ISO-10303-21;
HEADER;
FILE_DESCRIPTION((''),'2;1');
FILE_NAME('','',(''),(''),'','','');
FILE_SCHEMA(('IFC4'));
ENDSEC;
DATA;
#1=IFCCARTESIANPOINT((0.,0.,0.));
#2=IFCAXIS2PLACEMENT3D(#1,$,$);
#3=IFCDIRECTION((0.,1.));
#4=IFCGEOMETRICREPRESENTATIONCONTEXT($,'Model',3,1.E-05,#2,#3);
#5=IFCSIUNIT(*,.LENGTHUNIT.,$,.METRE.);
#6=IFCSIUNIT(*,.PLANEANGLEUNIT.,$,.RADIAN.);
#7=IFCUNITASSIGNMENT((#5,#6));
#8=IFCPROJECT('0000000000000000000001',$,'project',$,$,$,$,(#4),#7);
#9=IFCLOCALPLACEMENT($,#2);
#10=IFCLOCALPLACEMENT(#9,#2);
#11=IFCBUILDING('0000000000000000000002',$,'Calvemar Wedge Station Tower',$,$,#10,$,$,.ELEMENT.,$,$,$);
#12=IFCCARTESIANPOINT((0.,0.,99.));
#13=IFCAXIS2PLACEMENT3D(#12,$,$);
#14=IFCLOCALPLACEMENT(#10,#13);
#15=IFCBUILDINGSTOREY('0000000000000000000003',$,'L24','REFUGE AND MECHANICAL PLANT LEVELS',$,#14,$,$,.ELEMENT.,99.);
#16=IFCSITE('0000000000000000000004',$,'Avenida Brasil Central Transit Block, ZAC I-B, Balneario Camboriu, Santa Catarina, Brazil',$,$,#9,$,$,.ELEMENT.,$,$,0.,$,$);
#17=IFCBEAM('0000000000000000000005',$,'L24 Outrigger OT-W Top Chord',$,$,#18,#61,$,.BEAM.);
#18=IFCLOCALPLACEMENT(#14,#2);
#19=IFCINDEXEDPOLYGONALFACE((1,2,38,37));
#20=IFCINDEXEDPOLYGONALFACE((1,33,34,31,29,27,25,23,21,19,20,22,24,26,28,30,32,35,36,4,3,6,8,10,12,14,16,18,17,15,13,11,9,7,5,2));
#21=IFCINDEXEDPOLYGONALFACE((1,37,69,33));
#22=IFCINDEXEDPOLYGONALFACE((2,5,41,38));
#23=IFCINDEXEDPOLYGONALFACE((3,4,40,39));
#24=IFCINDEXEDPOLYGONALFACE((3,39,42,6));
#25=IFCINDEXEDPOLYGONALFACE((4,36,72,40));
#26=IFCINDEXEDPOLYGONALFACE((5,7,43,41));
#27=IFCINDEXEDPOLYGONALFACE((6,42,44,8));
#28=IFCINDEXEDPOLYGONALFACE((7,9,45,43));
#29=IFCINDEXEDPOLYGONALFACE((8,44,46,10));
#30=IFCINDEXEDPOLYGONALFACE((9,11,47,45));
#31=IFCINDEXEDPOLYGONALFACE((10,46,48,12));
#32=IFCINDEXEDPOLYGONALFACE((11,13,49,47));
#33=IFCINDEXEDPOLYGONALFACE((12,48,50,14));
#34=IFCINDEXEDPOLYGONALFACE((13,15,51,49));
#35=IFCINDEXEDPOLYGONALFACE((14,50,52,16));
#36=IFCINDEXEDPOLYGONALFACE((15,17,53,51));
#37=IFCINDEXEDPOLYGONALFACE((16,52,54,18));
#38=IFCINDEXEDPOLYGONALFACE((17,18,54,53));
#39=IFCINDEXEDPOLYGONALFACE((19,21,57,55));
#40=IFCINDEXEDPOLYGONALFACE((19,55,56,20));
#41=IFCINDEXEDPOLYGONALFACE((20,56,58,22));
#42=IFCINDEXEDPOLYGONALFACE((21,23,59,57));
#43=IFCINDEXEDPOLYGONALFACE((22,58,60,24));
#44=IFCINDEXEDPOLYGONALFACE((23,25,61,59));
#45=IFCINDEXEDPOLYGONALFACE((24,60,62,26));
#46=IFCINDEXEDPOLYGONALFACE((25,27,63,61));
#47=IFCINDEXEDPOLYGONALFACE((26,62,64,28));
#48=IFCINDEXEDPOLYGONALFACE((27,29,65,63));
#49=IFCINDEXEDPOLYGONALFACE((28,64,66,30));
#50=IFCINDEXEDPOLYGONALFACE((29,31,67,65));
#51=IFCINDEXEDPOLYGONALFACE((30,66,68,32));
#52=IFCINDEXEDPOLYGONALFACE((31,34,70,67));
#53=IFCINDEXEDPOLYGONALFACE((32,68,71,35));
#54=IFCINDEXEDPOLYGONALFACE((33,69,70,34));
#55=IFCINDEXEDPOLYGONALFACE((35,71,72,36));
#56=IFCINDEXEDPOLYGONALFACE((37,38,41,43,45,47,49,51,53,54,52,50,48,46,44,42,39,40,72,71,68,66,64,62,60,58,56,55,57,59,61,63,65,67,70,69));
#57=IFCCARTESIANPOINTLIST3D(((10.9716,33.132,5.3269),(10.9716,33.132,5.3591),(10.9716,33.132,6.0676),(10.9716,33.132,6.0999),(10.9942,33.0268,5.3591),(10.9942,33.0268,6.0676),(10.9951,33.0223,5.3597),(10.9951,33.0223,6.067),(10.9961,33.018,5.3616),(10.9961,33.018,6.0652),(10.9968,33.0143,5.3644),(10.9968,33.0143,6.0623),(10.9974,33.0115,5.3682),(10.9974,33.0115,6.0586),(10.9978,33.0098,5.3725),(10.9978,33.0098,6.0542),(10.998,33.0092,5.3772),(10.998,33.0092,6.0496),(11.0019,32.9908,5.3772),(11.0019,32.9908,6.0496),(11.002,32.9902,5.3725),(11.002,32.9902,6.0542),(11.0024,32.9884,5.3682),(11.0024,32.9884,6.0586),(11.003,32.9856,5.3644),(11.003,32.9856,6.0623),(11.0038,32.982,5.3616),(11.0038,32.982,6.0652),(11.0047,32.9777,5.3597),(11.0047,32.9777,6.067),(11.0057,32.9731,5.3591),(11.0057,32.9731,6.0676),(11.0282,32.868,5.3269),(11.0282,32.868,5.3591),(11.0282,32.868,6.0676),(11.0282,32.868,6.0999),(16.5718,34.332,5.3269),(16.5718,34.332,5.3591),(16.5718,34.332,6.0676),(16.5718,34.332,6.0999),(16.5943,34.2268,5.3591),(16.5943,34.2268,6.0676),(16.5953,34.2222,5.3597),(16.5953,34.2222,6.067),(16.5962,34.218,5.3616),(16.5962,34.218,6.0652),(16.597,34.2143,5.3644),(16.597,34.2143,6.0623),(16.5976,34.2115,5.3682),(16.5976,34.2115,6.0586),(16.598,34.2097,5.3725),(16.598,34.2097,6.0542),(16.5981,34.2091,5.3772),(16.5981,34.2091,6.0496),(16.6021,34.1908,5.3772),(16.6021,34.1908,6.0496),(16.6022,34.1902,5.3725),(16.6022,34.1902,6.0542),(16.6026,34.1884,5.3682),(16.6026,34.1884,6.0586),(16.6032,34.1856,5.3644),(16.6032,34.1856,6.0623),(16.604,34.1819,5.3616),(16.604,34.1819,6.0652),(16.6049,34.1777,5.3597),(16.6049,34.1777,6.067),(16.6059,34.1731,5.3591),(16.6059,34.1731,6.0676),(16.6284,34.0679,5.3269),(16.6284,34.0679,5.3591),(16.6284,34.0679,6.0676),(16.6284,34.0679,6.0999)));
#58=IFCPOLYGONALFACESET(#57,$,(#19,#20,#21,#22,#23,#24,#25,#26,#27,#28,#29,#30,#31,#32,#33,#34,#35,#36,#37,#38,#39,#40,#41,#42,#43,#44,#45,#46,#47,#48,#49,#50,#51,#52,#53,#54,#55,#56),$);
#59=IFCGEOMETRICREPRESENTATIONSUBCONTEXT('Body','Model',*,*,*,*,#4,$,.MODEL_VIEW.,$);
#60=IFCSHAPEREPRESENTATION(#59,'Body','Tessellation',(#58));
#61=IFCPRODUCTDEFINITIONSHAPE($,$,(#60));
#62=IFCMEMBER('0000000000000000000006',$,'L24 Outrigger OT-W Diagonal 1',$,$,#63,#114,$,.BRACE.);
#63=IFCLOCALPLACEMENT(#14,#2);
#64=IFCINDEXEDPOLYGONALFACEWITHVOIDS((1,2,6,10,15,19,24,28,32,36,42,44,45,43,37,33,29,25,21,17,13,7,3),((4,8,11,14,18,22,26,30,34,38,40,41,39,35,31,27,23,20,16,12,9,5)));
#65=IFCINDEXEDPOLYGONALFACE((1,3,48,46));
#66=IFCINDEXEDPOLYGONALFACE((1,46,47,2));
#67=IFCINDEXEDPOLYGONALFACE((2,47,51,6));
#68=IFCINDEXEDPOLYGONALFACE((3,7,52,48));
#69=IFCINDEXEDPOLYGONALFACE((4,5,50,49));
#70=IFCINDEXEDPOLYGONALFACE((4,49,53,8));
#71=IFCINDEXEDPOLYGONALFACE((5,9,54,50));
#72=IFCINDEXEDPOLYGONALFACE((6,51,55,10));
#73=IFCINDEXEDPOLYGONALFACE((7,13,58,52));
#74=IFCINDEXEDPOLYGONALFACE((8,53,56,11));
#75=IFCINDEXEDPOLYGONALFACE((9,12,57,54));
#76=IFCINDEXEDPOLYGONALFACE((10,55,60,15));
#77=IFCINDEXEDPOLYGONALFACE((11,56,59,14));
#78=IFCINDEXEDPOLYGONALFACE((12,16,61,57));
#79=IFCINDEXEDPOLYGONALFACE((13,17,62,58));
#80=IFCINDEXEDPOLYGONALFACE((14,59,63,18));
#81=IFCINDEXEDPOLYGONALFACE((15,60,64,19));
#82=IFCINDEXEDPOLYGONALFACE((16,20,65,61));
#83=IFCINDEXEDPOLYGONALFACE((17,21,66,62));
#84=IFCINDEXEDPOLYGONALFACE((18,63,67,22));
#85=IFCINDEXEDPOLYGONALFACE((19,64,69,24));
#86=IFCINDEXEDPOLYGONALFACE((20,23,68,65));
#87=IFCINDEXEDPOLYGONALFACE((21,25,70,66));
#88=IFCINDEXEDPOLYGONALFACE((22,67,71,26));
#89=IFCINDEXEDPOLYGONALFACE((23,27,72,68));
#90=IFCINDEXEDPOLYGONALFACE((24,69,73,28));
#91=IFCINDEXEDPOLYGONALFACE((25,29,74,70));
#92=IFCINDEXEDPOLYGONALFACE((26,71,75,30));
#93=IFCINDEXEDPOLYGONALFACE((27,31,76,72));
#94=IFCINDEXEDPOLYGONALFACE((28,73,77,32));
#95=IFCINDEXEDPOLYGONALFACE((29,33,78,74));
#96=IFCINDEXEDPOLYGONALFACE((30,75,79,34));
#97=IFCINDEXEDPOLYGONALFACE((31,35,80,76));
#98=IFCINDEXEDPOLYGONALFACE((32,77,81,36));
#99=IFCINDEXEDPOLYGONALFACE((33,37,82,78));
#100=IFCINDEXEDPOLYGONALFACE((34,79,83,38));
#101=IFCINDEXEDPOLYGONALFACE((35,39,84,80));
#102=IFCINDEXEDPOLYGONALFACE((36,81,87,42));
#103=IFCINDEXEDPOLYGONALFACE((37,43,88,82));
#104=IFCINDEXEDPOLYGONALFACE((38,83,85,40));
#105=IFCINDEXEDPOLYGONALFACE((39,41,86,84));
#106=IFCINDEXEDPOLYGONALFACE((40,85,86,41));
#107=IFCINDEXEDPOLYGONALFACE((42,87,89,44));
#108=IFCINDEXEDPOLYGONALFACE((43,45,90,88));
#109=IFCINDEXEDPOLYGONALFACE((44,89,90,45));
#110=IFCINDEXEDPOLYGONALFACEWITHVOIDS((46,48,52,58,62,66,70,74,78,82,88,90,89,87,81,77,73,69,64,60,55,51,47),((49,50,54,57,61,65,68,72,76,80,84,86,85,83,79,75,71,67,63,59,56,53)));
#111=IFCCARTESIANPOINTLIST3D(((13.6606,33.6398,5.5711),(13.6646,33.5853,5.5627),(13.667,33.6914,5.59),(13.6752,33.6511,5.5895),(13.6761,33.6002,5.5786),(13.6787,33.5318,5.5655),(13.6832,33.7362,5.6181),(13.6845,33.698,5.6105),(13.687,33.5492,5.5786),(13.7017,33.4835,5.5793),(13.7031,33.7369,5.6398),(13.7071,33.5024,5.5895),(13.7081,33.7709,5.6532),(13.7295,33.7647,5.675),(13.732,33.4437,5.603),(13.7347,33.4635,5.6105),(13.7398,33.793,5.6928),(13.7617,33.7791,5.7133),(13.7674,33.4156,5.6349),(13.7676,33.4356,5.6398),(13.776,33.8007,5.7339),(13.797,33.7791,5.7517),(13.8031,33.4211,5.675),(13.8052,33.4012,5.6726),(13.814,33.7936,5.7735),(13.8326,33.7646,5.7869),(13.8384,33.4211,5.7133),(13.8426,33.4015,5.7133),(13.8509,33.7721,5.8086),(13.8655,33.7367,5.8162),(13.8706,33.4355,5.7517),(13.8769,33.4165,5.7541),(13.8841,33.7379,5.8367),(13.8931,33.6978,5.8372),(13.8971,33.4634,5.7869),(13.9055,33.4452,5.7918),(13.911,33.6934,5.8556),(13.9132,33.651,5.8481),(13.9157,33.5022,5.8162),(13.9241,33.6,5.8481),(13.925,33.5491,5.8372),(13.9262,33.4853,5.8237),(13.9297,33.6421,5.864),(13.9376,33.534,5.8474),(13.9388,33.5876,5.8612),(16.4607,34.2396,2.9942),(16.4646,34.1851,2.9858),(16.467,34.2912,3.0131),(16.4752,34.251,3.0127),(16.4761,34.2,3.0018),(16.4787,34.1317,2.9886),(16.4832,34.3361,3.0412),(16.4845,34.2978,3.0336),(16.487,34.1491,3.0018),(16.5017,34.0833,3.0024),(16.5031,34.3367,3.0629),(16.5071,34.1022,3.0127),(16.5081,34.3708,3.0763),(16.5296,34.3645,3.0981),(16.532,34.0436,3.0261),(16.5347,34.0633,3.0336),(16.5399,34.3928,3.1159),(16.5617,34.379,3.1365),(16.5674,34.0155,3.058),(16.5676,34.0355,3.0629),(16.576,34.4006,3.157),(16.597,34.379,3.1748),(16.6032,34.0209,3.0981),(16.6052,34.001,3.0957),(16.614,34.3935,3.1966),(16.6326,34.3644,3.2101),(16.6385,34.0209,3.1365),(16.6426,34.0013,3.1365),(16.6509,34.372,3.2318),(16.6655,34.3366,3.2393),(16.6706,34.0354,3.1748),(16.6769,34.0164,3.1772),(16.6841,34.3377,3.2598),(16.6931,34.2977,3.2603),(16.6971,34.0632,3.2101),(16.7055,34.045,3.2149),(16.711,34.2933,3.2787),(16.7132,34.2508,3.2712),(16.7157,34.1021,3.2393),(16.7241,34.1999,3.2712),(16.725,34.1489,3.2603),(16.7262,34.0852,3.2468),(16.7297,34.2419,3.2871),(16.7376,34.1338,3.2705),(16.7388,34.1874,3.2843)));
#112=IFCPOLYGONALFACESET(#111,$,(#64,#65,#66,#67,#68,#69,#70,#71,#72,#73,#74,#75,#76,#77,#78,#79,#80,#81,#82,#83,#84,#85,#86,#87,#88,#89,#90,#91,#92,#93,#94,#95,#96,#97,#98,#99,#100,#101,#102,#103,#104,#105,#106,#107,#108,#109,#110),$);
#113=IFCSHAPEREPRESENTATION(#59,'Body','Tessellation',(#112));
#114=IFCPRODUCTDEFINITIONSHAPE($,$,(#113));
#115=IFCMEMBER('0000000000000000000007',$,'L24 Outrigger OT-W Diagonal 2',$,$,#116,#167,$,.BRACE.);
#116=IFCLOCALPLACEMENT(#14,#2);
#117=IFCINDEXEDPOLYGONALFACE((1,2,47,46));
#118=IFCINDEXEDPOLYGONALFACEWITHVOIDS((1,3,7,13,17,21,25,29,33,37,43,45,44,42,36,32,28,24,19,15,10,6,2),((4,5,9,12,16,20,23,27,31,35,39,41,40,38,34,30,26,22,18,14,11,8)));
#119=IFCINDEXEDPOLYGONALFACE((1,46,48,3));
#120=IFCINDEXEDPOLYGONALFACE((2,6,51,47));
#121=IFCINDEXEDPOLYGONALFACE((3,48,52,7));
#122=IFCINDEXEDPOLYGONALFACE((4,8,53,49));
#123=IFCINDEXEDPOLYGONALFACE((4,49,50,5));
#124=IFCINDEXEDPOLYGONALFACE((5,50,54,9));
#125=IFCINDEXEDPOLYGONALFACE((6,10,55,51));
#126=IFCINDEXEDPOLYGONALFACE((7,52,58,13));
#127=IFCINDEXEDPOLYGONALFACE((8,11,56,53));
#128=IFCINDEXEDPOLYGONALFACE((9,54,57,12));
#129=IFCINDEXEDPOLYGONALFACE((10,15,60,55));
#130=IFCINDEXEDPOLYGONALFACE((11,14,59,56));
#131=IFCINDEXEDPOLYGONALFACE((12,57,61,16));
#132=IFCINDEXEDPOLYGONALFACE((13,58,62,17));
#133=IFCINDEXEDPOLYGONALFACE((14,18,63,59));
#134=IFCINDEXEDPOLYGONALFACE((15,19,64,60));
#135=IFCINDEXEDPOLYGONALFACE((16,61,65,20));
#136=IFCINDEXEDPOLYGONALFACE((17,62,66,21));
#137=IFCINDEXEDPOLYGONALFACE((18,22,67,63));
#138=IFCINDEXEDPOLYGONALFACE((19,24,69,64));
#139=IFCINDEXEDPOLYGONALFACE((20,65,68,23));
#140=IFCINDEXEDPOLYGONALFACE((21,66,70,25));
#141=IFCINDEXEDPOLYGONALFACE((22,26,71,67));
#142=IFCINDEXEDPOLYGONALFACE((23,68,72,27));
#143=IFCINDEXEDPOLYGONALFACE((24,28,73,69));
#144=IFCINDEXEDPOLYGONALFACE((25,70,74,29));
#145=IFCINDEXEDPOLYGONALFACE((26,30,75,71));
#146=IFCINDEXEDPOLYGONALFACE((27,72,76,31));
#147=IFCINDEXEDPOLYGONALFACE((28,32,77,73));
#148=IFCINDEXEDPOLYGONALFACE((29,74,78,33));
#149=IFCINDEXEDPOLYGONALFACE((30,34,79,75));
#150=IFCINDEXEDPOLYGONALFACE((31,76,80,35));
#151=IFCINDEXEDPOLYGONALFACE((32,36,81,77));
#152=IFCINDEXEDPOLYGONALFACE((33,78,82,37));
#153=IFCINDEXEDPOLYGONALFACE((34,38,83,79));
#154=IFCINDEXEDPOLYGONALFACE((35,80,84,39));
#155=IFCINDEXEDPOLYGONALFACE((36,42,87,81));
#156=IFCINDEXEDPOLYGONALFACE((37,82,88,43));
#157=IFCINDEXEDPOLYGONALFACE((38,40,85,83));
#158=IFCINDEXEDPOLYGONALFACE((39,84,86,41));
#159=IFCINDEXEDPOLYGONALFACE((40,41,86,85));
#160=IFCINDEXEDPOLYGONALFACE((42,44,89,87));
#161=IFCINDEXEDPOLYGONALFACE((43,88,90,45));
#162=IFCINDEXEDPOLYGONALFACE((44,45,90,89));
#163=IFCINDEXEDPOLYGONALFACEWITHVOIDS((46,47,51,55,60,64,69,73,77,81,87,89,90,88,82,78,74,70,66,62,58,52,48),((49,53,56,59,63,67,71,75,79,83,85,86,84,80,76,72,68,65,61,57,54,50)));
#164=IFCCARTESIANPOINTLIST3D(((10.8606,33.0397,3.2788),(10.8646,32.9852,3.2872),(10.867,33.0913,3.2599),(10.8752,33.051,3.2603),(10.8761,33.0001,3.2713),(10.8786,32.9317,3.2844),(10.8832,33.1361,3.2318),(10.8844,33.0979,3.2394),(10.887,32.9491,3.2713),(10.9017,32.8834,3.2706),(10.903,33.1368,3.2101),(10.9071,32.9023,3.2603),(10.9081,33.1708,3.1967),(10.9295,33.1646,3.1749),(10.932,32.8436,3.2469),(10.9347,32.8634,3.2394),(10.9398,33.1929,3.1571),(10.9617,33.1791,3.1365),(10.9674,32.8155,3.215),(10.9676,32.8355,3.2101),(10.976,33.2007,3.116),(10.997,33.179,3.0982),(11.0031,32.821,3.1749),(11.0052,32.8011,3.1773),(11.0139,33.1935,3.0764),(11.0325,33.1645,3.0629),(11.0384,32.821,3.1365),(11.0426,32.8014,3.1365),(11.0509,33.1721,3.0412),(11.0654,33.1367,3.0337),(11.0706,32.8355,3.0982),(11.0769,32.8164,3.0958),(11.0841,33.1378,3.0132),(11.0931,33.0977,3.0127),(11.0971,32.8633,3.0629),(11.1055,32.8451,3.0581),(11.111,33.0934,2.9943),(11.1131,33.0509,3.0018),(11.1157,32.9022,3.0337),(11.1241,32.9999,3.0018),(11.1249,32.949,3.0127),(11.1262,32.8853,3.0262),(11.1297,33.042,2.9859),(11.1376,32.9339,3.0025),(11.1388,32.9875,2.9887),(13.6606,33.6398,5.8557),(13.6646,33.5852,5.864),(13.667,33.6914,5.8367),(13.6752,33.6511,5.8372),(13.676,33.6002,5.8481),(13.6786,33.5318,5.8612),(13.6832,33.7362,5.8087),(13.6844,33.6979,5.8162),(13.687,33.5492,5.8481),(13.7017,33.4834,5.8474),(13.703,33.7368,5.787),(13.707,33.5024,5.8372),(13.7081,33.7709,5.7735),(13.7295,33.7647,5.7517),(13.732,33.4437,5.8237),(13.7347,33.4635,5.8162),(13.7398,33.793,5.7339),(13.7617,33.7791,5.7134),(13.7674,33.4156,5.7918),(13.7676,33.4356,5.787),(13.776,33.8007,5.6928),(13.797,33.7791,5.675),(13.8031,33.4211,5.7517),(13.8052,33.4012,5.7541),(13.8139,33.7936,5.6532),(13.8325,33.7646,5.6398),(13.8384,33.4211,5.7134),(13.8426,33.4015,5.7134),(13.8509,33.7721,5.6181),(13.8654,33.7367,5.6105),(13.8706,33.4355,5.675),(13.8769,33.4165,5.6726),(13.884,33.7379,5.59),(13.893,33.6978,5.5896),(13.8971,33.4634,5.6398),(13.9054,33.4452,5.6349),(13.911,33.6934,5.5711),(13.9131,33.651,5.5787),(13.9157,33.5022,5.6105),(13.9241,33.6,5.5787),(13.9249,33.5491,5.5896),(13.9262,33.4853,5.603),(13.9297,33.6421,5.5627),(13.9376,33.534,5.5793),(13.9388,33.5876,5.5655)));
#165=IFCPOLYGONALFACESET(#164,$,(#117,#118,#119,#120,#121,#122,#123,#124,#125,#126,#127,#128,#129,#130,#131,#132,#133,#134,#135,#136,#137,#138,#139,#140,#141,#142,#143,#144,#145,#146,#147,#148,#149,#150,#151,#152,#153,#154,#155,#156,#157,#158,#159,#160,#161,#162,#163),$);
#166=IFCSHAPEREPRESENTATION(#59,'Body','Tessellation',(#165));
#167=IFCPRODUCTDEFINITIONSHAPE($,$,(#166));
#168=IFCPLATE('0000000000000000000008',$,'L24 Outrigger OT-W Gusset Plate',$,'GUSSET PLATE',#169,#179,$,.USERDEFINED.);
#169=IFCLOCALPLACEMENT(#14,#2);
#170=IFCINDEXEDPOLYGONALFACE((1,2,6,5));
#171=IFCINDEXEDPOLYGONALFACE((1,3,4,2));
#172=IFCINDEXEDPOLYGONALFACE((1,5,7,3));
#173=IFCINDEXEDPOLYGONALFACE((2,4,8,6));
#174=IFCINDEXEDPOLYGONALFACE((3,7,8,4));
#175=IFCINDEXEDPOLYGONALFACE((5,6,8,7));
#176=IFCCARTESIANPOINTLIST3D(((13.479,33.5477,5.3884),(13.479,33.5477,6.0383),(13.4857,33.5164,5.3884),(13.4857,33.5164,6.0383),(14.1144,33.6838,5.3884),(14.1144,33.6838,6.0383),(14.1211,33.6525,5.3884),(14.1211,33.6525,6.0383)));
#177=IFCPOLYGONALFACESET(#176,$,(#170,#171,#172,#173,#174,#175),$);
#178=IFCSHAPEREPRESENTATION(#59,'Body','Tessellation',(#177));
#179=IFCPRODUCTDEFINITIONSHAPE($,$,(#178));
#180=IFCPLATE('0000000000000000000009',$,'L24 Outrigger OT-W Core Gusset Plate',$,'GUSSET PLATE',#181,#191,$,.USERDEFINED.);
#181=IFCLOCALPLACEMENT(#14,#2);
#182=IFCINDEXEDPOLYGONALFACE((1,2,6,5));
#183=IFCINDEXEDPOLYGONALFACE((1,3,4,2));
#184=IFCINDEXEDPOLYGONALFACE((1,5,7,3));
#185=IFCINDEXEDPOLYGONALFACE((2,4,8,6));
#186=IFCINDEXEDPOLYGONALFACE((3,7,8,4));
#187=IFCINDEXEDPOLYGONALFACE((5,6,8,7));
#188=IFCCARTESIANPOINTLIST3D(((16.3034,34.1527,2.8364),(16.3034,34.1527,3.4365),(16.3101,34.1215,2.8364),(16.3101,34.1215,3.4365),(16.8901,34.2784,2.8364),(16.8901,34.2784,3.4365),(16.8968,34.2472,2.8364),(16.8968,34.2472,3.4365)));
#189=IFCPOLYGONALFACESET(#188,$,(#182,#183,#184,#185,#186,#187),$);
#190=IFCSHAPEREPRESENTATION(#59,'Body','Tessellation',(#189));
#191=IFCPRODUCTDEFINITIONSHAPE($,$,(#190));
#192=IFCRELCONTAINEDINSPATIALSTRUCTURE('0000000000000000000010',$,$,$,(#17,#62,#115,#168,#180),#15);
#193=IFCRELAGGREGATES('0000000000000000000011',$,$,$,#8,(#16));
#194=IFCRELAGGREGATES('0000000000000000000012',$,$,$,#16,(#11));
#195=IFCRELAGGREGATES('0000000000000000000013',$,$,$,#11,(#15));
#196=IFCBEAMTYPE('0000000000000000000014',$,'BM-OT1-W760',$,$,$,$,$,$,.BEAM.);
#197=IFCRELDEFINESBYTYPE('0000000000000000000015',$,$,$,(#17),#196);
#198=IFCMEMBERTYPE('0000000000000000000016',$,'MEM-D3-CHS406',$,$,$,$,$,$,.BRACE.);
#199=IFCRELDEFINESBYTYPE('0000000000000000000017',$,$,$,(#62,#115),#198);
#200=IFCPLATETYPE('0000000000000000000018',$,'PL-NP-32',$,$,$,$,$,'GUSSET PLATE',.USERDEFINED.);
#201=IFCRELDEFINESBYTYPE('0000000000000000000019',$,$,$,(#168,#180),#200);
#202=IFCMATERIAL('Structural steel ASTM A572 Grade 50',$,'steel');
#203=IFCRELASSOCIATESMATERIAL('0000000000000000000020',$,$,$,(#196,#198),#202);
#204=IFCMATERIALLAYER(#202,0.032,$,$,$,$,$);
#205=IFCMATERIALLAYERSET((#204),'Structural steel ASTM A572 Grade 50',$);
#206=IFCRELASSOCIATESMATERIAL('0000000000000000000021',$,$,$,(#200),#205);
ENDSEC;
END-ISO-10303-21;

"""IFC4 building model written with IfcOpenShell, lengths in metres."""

from ifc_helpers import new_model, si_unit, direction, frame, origin, origin_2d, place, context, subcontext, project, spatial, rectangle, hollow_circle, i_section, extrude, source, transform, mapped, material, layer, layer_set, material_profile, profile_set, type_object, element, save


model = new_model("IFC4")

# Units and contexts
model_context = context("Model", 3, precision=1e-05, world=origin(), true_north=direction((0.0, 1.0)))
body_context = subcontext(model_context, "Body", "Model", "MODEL_VIEW")
ifc_project = project(units=[si_unit("LENGTHUNIT", "METRE"), si_unit("PLANEANGLEUNIT", "RADIAN")], contexts=[model_context])

# Site, building, storey
site_placement = place(None, origin())
site = spatial("IfcSite", under=ifc_project, at=site_placement, Name="Avenida Brasil Central Transit Block, ZAC I-B, Balneario Camboriu, Santa Catarina, Brazil", CompositionType="ELEMENT", RefElevation=0.0)
building_placement = place(site_placement, origin())
building = spatial("IfcBuilding", under=site, at=building_placement, Name="Calvemar Wedge Station Tower", CompositionType="ELEMENT")
storey_placement = place(building_placement, frame((0.0, 0.0, 99.0)))
storey = spatial("IfcBuildingStorey", under=building, at=storey_placement, Name="L24", Description="REFUGE AND MECHANICAL PLANT LEVELS", CompositionType="ELEMENT", Elevation=99.0)

# Shared definitions
ifc_material_1 = material(Name="Structural steel ASTM A572 Grade 50", Category="steel")

# Beam
ifc_material_profile_1 = material_profile(ifc_material_1, i_section(OverallWidth=0.27, OverallDepth=0.7729, WebThickness=0.0188, FlangeThickness=0.0322, FilletRadius=0.0181, at=origin_2d()), Name="W760x257")
ifc_profile_set_1 = profile_set([ifc_material_profile_1], Name="Structural steel ASTM A572 Grade 50")
beam_type_1 = type_object("IfcBeamType", Name="BM-OT1-W760", PredefinedType="BEAM", material=ifc_profile_set_1)
shared_shape_1 = source(origin(), body_context, "Body", "SweptSolid", [
    extrude(i_section(OverallWidth=0.27, OverallDepth=0.7729, WebThickness=0.0188, FlangeThickness=0.0322, FilletRadius=0.0181, at=origin_2d()), origin(), (0.0, 0.0, 1.0), 5.7273),
])
for number, where, z_axis, x_axis, name in (
    (1, (16.6001, 34.2, 5.7134), (-0.977805, -0.209517, 0.0), (0.209517, -0.977805, 0.0), "L24 Outrigger OT-W Top Chord"),
):
    element("IfcBeam", number, at=place(storey_placement, frame(where, z_axis=z_axis, x_axis=x_axis)), inside=storey, type_object=beam_type_1, Name=name, PredefinedType="BEAM", context=body_context, shape_type="MappedRepresentation", body=[
        mapped(shared_shape_1, transform((0.0, 0.0, 0.0), scale=1.0)),
    ])

# Members
ifc_material_profile_2 = material_profile(ifc_material_1, hollow_circle(Radius=0.2031, WallThickness=0.02, at=origin_2d()), Name="CHS406.4x20")
ifc_profile_set_2 = profile_set([ifc_material_profile_2], Name="Structural steel ASTM A572 Grade 50")
member_type_1 = type_object("IfcMemberType", Name="MEM-D3-CHS406", PredefinedType="BRACE", material=ifc_profile_set_2)
shared_shape_2 = source(origin(), body_context, "Body", "SweptSolid", [
    extrude(hollow_circle(Radius=0.2031, WallThickness=0.02, at=origin_2d()), origin(), (0.0, 0.0, 1.0), 3.8523),
])
for number, where, z_axis, x_axis, name in (
    (2, (16.6001, 34.2, 3.1365), (-0.726843, -0.155711, 0.668919), (0.209477, -0.977814, 0.0), "L24 Outrigger OT-W Diagonal 1"),
    (3, (13.8, 33.6001, 5.7134), (-0.726836, -0.155773, -0.668912), (0.209558, -0.977796, 0.0), "L24 Outrigger OT-W Diagonal 2"),
):
    element("IfcMember", number, at=place(storey_placement, frame(where, z_axis=z_axis, x_axis=x_axis)), inside=storey, type_object=member_type_1, Name=name, PredefinedType="BRACE", context=body_context, shape_type="MappedRepresentation", body=[
        mapped(shared_shape_2, transform((0.0, 0.0, 0.0), scale=1.0)),
    ])

# Plates
ifc_layer_1 = layer(ifc_material_1, 0.032)
ifc_layer_set_1 = layer_set([ifc_layer_1], Name="Structural steel ASTM A572 Grade 50")
plate_type_1 = type_object("IfcPlateType", Name="PL-NP-32", ElementType="GUSSET PLATE", PredefinedType="USERDEFINED", material=ifc_layer_set_1)
shared_shape_3 = source(origin(), body_context, "Body", "SweptSolid", [
    extrude(rectangle(XDim=0.6499, YDim=0.032, at=origin_2d()), origin(), (0.0, 0.0, 1.0), 0.6499),
])
plate_1_placement = place(storey_placement, frame((13.8, 33.6001, 5.3884), z_axis=(0.0, 0.0, 1.0), x_axis=(-0.97782, -0.209448, 0.0)))
element("IfcPlate", 4, at=plate_1_placement, inside=storey, type_object=plate_type_1, Name="L24 Outrigger OT-W Gusset Plate", ObjectType="GUSSET PLATE", PredefinedType="USERDEFINED", context=body_context, shape_type="MappedRepresentation", body=[
    mapped(shared_shape_3, transform((0.0, 0.0, 0.0), scale=1.0)),
])
shared_shape_4 = source(origin(), body_context, "Body", "SweptSolid", [
    extrude(rectangle(XDim=0.6001, YDim=0.032, at=origin_2d()), origin(), (0.0, 0.0, 1.0), 0.6001),
])
for number, where, z_axis, x_axis, name in (
    (5, (16.6001, 34.2, 2.8364), (0.0, 0.0, 1.0), (-0.97782, -0.209448, 0.0), "L24 Outrigger OT-W Core Gusset Plate"),
):
    element("IfcPlate", number, at=place(storey_placement, frame(where, z_axis=z_axis, x_axis=x_axis)), inside=storey, type_object=plate_type_1, Name=name, ObjectType="GUSSET PLATE", PredefinedType="USERDEFINED", context=body_context, shape_type="MappedRepresentation", body=[
        mapped(shared_shape_4, transform((0.0, 0.0, 0.0), scale=1.0)),
    ])

save(model, "model.ifc")
